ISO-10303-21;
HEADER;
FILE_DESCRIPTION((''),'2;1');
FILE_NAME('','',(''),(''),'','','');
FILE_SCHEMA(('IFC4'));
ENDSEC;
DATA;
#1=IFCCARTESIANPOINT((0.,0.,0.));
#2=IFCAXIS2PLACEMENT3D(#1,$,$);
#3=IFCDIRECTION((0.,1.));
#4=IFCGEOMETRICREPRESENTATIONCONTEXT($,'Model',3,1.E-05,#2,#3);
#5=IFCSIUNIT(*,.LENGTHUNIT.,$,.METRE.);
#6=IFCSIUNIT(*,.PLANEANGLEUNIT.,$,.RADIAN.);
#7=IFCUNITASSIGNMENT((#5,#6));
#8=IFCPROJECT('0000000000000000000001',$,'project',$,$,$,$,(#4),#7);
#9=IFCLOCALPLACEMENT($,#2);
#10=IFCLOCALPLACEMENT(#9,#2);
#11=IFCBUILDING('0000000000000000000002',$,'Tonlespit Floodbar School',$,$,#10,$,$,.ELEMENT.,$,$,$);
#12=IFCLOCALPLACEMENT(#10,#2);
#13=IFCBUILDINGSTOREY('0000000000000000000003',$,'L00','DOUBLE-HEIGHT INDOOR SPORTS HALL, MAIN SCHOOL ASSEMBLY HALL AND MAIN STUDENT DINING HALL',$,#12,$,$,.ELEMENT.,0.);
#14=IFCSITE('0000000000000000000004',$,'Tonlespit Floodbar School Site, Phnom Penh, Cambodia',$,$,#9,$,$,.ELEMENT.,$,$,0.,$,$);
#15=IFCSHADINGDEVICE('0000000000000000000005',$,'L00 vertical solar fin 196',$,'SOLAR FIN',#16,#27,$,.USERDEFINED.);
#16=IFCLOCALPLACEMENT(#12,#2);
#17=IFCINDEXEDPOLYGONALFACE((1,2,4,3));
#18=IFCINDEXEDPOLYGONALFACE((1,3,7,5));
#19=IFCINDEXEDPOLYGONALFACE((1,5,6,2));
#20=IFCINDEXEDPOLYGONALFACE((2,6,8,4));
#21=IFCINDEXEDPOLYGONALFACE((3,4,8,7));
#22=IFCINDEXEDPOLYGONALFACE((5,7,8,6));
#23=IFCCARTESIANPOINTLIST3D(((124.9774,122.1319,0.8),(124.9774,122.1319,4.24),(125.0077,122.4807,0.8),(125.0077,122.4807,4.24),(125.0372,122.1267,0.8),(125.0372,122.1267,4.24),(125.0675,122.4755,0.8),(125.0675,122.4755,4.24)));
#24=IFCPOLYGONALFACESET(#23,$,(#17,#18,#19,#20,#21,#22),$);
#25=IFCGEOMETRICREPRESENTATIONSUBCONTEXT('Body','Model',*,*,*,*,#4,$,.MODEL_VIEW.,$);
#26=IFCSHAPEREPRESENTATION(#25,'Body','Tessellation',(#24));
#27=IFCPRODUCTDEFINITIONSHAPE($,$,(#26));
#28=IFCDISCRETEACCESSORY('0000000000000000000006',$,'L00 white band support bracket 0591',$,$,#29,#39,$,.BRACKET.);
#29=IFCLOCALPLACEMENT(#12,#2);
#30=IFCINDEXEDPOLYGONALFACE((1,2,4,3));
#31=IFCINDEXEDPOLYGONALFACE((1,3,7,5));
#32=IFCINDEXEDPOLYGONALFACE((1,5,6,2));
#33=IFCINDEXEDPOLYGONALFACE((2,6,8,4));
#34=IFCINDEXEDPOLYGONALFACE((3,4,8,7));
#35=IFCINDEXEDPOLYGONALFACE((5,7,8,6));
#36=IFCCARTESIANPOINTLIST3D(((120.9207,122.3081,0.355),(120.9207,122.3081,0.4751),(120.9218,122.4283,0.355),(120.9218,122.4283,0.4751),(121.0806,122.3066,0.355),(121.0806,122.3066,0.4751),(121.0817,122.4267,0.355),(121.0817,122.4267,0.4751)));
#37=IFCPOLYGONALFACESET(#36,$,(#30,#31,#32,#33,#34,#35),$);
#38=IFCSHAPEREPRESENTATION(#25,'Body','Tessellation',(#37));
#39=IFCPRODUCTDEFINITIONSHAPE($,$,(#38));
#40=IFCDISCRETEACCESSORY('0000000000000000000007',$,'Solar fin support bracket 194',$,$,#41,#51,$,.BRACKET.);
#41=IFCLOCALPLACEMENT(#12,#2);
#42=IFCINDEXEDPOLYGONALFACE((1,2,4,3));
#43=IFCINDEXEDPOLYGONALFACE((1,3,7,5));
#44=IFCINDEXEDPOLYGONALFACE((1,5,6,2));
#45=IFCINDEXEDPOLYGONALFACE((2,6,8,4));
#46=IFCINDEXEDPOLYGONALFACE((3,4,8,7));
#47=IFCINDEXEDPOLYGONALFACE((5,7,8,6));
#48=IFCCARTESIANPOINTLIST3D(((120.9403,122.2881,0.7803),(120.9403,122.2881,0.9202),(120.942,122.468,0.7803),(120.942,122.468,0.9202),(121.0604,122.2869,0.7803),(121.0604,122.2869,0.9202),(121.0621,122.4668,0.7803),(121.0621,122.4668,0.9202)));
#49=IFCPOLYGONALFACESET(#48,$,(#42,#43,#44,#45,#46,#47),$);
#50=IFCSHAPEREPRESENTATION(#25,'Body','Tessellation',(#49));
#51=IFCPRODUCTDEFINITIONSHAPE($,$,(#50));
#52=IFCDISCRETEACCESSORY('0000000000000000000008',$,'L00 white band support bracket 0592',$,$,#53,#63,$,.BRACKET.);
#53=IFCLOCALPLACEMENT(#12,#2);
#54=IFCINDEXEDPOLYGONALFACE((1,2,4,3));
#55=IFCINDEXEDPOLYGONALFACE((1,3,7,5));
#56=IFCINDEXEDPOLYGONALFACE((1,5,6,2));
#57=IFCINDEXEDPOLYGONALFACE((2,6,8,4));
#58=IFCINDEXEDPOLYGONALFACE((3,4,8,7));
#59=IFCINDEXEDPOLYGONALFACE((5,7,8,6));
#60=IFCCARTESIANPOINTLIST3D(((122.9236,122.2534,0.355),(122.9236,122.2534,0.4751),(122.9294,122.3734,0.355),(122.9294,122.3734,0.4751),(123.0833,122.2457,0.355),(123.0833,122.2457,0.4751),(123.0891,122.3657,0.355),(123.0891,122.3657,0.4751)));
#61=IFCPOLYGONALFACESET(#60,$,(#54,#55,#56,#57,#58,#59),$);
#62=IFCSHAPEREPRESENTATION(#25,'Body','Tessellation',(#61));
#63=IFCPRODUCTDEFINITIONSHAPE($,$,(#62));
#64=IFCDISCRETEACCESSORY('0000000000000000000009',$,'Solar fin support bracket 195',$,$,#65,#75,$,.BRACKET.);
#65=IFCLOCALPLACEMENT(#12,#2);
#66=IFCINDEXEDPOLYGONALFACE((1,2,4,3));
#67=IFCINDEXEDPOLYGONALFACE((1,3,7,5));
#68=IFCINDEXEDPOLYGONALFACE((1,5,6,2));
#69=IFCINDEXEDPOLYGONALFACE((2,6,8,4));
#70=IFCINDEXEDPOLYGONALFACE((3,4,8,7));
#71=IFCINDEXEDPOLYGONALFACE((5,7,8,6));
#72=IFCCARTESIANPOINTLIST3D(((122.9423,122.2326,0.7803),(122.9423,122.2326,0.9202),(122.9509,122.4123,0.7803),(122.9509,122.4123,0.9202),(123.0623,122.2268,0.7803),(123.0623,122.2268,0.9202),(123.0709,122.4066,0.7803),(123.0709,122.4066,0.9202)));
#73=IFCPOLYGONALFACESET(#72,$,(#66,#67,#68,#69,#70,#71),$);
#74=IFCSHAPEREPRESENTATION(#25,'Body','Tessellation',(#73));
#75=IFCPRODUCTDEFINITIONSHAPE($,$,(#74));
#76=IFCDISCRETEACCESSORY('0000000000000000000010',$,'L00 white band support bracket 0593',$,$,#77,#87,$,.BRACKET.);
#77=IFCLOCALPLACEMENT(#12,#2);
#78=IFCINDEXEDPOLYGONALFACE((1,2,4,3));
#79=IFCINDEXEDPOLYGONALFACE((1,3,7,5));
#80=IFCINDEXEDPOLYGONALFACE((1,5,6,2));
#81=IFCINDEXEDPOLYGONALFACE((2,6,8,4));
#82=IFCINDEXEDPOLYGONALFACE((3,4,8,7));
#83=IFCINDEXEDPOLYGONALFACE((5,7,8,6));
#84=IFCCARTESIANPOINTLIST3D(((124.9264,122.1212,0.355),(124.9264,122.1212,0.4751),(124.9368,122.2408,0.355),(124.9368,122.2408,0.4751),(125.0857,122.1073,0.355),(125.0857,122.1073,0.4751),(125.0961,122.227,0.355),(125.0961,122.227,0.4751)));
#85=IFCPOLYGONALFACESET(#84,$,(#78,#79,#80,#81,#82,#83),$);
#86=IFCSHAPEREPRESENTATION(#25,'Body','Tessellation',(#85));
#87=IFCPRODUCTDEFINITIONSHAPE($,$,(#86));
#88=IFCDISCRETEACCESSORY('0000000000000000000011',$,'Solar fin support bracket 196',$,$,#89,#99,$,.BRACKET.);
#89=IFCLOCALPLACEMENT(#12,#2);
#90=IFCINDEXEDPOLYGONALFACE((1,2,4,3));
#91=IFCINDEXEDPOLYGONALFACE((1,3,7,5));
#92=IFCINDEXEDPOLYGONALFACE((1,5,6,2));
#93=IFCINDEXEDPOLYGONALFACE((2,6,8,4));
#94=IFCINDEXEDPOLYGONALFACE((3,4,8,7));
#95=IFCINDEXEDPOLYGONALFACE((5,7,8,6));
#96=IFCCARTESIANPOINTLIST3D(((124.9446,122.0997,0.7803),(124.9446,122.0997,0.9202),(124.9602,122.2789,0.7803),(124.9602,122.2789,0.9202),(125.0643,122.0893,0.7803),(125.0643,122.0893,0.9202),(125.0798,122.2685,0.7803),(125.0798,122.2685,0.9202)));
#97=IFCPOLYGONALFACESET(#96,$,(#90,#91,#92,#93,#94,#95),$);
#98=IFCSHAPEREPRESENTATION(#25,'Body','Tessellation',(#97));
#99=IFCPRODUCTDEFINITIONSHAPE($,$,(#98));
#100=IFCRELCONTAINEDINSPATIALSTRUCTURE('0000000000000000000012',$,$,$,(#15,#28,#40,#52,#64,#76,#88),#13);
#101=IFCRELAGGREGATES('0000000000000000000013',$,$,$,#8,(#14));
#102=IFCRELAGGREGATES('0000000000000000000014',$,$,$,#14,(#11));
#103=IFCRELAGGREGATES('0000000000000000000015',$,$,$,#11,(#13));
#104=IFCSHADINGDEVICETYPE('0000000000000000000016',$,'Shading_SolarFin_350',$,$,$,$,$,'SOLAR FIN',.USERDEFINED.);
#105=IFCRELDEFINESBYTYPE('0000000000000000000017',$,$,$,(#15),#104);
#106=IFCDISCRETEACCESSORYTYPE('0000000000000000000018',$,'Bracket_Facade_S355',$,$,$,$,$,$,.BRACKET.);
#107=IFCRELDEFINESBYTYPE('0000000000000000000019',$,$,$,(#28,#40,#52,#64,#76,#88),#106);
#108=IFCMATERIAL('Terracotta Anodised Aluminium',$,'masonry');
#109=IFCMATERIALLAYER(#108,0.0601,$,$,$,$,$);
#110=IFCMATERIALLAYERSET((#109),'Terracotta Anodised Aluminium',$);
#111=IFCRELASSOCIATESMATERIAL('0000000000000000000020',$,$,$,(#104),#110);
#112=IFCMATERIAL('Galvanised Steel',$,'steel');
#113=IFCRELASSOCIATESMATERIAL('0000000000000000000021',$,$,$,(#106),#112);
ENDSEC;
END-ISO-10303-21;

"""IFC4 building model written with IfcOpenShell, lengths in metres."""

from ifc_helpers import new_model, si_unit, direction, frame, origin, origin_2d, place, context, subcontext, project, spatial, rectangle, extrude, material, layer, layer_set, type_object, element, save


model = new_model("IFC4")

# Units and contexts
model_context = context("Model", 3, precision=1e-05, world=origin(), true_north=direction((0.0, 1.0)))
body_context = subcontext(model_context, "Body", "Model", "MODEL_VIEW")
ifc_project = project(units=[si_unit("LENGTHUNIT", "METRE"), si_unit("PLANEANGLEUNIT", "RADIAN")], contexts=[model_context])

# Site, building, storey
site_placement = place(None, origin())
site = spatial("IfcSite", under=ifc_project, at=site_placement, Name="Tonlespit Floodbar School Site, Phnom Penh, Cambodia", CompositionType="ELEMENT", RefElevation=0.0)
building_placement = place(site_placement, origin())
building = spatial("IfcBuilding", under=site, at=building_placement, Name="Tonlespit Floodbar School", CompositionType="ELEMENT")
storey_placement = place(building_placement, origin())
storey = spatial("IfcBuildingStorey", under=building, at=storey_placement, Name="L00", Description="DOUBLE-HEIGHT INDOOR SPORTS HALL, MAIN SCHOOL ASSEMBLY HALL AND MAIN STUDENT DINING HALL", CompositionType="ELEMENT", Elevation=0.0)

# Shading device
ifc_material_1 = material(Name="Terracotta Anodised Aluminium", Category="masonry")
ifc_layer_1 = layer(ifc_material_1, 0.0601)
ifc_layer_set_1 = layer_set([ifc_layer_1], Name="Terracotta Anodised Aluminium")
shading_device_type = type_object("IfcShadingDeviceType", Name="Shading_SolarFin_350", ElementType="SOLAR FIN", PredefinedType="USERDEFINED", material=ifc_layer_set_1)
for number, where, z_axis, x_axis, name in (
    (1, (125.0225, 122.3037, 0.8), (0.0, 0.0, 1.0), (0.996245, -0.086573, 0.0), "L00 vertical solar fin 196"),
):
    element("IfcShadingDevice", number, at=place(storey_placement, frame(where, z_axis=z_axis, x_axis=x_axis)), inside=storey, type_object=shading_device_type, Name=name, ObjectType="SOLAR FIN", PredefinedType="USERDEFINED", context=body_context, shape_type="SweptSolid", body=[
        extrude(rectangle(XDim=0.0601, YDim=0.3501, at=origin_2d()), origin(), (0.0, 0.0, 1.0), 3.4399),
    ])

# Discrete accessories
ifc_material_2 = material(Name="Galvanised Steel", Category="steel")
discrete_accessory_type = type_object("IfcDiscreteAccessoryType", Name="Bracket_Facade_S355", PredefinedType="BRACKET", material=ifc_material_2)
discrete_accessory_1_placement = place(storey_placement, frame((121.0012, 122.3674, 0.355), z_axis=(0.0, 0.0, 1.0), x_axis=(0.999954, -0.009599, 0.0)))
element("IfcDiscreteAccessory", 2, at=discrete_accessory_1_placement, inside=storey, type_object=discrete_accessory_type, Name="L00 white band support bracket 0591", PredefinedType="BRACKET", context=body_context, shape_type="SweptSolid", body=[
    extrude(rectangle(XDim=0.1599, YDim=0.1201, at=origin_2d()), origin(), (0.0, 0.0, 1.0), 0.1201),
])
discrete_accessory_2_placement = place(storey_placement, frame((121.0012, 122.3774, 0.7803), z_axis=(0.0, 0.0, 1.0), x_axis=(0.999954, -0.009599, 0.0)))
element("IfcDiscreteAccessory", 3, at=discrete_accessory_2_placement, inside=storey, type_object=discrete_accessory_type, Name="Solar fin support bracket 194", PredefinedType="BRACKET", context=body_context, shape_type="SweptSolid", body=[
    extrude(rectangle(XDim=0.1201, YDim=0.1799, at=origin_2d()), origin(), (0.0, 0.0, 1.0), 0.1399),
])
discrete_accessory_3_placement = place(storey_placement, frame((123.0063, 122.3096, 0.355), z_axis=(0.0, 0.0, 1.0), x_axis=(0.998843, -0.048095, 0.0)))
element("IfcDiscreteAccessory", 4, at=discrete_accessory_3_placement, inside=storey, type_object=discrete_accessory_type, Name="L00 white band support bracket 0592", PredefinedType="BRACKET", context=body_context, shape_type="SweptSolid", body=[
    extrude(rectangle(XDim=0.1599, YDim=0.1201, at=origin_2d()), origin(), (0.0, 0.0, 1.0), 0.1201),
])
discrete_accessory_4_placement = place(storey_placement, frame((123.0066, 122.3196, 0.7803), z_axis=(0.0, 0.0, 1.0), x_axis=(0.998843, -0.048095, 0.0)))
element("IfcDiscreteAccessory", 5, at=discrete_accessory_4_placement, inside=storey, type_object=discrete_accessory_type, Name="Solar fin support bracket 195", PredefinedType="BRACKET", context=body_context, shape_type="SweptSolid", body=[
    extrude(rectangle(XDim=0.1201, YDim=0.1799, at=origin_2d()), origin(), (0.0, 0.0, 1.0), 0.1399),
])
discrete_accessory_5_placement = place(storey_placement, frame((125.0112, 122.1741, 0.355), z_axis=(0.0, 0.0, 1.0), x_axis=(0.996245, -0.086573, 0.0)))
element("IfcDiscreteAccessory", 6, at=discrete_accessory_5_placement, inside=storey, type_object=discrete_accessory_type, Name="L00 white band support bracket 0593", PredefinedType="BRACKET", context=body_context, shape_type="SweptSolid", body=[
    extrude(rectangle(XDim=0.1599, YDim=0.1201, at=origin_2d()), origin(), (0.0, 0.0, 1.0), 0.1201),
])
discrete_accessory_6_placement = place(storey_placement, frame((125.0122, 122.1841, 0.7803), z_axis=(0.0, 0.0, 1.0), x_axis=(0.996245, -0.086573, 0.0)))
element("IfcDiscreteAccessory", 7, at=discrete_accessory_6_placement, inside=storey, type_object=discrete_accessory_type, Name="Solar fin support bracket 196", PredefinedType="BRACKET", context=body_context, shape_type="SweptSolid", body=[
    extrude(rectangle(XDim=0.1201, YDim=0.1799, at=origin_2d()), origin(), (0.0, 0.0, 1.0), 0.1399),
])

save(model, "model.ifc")
